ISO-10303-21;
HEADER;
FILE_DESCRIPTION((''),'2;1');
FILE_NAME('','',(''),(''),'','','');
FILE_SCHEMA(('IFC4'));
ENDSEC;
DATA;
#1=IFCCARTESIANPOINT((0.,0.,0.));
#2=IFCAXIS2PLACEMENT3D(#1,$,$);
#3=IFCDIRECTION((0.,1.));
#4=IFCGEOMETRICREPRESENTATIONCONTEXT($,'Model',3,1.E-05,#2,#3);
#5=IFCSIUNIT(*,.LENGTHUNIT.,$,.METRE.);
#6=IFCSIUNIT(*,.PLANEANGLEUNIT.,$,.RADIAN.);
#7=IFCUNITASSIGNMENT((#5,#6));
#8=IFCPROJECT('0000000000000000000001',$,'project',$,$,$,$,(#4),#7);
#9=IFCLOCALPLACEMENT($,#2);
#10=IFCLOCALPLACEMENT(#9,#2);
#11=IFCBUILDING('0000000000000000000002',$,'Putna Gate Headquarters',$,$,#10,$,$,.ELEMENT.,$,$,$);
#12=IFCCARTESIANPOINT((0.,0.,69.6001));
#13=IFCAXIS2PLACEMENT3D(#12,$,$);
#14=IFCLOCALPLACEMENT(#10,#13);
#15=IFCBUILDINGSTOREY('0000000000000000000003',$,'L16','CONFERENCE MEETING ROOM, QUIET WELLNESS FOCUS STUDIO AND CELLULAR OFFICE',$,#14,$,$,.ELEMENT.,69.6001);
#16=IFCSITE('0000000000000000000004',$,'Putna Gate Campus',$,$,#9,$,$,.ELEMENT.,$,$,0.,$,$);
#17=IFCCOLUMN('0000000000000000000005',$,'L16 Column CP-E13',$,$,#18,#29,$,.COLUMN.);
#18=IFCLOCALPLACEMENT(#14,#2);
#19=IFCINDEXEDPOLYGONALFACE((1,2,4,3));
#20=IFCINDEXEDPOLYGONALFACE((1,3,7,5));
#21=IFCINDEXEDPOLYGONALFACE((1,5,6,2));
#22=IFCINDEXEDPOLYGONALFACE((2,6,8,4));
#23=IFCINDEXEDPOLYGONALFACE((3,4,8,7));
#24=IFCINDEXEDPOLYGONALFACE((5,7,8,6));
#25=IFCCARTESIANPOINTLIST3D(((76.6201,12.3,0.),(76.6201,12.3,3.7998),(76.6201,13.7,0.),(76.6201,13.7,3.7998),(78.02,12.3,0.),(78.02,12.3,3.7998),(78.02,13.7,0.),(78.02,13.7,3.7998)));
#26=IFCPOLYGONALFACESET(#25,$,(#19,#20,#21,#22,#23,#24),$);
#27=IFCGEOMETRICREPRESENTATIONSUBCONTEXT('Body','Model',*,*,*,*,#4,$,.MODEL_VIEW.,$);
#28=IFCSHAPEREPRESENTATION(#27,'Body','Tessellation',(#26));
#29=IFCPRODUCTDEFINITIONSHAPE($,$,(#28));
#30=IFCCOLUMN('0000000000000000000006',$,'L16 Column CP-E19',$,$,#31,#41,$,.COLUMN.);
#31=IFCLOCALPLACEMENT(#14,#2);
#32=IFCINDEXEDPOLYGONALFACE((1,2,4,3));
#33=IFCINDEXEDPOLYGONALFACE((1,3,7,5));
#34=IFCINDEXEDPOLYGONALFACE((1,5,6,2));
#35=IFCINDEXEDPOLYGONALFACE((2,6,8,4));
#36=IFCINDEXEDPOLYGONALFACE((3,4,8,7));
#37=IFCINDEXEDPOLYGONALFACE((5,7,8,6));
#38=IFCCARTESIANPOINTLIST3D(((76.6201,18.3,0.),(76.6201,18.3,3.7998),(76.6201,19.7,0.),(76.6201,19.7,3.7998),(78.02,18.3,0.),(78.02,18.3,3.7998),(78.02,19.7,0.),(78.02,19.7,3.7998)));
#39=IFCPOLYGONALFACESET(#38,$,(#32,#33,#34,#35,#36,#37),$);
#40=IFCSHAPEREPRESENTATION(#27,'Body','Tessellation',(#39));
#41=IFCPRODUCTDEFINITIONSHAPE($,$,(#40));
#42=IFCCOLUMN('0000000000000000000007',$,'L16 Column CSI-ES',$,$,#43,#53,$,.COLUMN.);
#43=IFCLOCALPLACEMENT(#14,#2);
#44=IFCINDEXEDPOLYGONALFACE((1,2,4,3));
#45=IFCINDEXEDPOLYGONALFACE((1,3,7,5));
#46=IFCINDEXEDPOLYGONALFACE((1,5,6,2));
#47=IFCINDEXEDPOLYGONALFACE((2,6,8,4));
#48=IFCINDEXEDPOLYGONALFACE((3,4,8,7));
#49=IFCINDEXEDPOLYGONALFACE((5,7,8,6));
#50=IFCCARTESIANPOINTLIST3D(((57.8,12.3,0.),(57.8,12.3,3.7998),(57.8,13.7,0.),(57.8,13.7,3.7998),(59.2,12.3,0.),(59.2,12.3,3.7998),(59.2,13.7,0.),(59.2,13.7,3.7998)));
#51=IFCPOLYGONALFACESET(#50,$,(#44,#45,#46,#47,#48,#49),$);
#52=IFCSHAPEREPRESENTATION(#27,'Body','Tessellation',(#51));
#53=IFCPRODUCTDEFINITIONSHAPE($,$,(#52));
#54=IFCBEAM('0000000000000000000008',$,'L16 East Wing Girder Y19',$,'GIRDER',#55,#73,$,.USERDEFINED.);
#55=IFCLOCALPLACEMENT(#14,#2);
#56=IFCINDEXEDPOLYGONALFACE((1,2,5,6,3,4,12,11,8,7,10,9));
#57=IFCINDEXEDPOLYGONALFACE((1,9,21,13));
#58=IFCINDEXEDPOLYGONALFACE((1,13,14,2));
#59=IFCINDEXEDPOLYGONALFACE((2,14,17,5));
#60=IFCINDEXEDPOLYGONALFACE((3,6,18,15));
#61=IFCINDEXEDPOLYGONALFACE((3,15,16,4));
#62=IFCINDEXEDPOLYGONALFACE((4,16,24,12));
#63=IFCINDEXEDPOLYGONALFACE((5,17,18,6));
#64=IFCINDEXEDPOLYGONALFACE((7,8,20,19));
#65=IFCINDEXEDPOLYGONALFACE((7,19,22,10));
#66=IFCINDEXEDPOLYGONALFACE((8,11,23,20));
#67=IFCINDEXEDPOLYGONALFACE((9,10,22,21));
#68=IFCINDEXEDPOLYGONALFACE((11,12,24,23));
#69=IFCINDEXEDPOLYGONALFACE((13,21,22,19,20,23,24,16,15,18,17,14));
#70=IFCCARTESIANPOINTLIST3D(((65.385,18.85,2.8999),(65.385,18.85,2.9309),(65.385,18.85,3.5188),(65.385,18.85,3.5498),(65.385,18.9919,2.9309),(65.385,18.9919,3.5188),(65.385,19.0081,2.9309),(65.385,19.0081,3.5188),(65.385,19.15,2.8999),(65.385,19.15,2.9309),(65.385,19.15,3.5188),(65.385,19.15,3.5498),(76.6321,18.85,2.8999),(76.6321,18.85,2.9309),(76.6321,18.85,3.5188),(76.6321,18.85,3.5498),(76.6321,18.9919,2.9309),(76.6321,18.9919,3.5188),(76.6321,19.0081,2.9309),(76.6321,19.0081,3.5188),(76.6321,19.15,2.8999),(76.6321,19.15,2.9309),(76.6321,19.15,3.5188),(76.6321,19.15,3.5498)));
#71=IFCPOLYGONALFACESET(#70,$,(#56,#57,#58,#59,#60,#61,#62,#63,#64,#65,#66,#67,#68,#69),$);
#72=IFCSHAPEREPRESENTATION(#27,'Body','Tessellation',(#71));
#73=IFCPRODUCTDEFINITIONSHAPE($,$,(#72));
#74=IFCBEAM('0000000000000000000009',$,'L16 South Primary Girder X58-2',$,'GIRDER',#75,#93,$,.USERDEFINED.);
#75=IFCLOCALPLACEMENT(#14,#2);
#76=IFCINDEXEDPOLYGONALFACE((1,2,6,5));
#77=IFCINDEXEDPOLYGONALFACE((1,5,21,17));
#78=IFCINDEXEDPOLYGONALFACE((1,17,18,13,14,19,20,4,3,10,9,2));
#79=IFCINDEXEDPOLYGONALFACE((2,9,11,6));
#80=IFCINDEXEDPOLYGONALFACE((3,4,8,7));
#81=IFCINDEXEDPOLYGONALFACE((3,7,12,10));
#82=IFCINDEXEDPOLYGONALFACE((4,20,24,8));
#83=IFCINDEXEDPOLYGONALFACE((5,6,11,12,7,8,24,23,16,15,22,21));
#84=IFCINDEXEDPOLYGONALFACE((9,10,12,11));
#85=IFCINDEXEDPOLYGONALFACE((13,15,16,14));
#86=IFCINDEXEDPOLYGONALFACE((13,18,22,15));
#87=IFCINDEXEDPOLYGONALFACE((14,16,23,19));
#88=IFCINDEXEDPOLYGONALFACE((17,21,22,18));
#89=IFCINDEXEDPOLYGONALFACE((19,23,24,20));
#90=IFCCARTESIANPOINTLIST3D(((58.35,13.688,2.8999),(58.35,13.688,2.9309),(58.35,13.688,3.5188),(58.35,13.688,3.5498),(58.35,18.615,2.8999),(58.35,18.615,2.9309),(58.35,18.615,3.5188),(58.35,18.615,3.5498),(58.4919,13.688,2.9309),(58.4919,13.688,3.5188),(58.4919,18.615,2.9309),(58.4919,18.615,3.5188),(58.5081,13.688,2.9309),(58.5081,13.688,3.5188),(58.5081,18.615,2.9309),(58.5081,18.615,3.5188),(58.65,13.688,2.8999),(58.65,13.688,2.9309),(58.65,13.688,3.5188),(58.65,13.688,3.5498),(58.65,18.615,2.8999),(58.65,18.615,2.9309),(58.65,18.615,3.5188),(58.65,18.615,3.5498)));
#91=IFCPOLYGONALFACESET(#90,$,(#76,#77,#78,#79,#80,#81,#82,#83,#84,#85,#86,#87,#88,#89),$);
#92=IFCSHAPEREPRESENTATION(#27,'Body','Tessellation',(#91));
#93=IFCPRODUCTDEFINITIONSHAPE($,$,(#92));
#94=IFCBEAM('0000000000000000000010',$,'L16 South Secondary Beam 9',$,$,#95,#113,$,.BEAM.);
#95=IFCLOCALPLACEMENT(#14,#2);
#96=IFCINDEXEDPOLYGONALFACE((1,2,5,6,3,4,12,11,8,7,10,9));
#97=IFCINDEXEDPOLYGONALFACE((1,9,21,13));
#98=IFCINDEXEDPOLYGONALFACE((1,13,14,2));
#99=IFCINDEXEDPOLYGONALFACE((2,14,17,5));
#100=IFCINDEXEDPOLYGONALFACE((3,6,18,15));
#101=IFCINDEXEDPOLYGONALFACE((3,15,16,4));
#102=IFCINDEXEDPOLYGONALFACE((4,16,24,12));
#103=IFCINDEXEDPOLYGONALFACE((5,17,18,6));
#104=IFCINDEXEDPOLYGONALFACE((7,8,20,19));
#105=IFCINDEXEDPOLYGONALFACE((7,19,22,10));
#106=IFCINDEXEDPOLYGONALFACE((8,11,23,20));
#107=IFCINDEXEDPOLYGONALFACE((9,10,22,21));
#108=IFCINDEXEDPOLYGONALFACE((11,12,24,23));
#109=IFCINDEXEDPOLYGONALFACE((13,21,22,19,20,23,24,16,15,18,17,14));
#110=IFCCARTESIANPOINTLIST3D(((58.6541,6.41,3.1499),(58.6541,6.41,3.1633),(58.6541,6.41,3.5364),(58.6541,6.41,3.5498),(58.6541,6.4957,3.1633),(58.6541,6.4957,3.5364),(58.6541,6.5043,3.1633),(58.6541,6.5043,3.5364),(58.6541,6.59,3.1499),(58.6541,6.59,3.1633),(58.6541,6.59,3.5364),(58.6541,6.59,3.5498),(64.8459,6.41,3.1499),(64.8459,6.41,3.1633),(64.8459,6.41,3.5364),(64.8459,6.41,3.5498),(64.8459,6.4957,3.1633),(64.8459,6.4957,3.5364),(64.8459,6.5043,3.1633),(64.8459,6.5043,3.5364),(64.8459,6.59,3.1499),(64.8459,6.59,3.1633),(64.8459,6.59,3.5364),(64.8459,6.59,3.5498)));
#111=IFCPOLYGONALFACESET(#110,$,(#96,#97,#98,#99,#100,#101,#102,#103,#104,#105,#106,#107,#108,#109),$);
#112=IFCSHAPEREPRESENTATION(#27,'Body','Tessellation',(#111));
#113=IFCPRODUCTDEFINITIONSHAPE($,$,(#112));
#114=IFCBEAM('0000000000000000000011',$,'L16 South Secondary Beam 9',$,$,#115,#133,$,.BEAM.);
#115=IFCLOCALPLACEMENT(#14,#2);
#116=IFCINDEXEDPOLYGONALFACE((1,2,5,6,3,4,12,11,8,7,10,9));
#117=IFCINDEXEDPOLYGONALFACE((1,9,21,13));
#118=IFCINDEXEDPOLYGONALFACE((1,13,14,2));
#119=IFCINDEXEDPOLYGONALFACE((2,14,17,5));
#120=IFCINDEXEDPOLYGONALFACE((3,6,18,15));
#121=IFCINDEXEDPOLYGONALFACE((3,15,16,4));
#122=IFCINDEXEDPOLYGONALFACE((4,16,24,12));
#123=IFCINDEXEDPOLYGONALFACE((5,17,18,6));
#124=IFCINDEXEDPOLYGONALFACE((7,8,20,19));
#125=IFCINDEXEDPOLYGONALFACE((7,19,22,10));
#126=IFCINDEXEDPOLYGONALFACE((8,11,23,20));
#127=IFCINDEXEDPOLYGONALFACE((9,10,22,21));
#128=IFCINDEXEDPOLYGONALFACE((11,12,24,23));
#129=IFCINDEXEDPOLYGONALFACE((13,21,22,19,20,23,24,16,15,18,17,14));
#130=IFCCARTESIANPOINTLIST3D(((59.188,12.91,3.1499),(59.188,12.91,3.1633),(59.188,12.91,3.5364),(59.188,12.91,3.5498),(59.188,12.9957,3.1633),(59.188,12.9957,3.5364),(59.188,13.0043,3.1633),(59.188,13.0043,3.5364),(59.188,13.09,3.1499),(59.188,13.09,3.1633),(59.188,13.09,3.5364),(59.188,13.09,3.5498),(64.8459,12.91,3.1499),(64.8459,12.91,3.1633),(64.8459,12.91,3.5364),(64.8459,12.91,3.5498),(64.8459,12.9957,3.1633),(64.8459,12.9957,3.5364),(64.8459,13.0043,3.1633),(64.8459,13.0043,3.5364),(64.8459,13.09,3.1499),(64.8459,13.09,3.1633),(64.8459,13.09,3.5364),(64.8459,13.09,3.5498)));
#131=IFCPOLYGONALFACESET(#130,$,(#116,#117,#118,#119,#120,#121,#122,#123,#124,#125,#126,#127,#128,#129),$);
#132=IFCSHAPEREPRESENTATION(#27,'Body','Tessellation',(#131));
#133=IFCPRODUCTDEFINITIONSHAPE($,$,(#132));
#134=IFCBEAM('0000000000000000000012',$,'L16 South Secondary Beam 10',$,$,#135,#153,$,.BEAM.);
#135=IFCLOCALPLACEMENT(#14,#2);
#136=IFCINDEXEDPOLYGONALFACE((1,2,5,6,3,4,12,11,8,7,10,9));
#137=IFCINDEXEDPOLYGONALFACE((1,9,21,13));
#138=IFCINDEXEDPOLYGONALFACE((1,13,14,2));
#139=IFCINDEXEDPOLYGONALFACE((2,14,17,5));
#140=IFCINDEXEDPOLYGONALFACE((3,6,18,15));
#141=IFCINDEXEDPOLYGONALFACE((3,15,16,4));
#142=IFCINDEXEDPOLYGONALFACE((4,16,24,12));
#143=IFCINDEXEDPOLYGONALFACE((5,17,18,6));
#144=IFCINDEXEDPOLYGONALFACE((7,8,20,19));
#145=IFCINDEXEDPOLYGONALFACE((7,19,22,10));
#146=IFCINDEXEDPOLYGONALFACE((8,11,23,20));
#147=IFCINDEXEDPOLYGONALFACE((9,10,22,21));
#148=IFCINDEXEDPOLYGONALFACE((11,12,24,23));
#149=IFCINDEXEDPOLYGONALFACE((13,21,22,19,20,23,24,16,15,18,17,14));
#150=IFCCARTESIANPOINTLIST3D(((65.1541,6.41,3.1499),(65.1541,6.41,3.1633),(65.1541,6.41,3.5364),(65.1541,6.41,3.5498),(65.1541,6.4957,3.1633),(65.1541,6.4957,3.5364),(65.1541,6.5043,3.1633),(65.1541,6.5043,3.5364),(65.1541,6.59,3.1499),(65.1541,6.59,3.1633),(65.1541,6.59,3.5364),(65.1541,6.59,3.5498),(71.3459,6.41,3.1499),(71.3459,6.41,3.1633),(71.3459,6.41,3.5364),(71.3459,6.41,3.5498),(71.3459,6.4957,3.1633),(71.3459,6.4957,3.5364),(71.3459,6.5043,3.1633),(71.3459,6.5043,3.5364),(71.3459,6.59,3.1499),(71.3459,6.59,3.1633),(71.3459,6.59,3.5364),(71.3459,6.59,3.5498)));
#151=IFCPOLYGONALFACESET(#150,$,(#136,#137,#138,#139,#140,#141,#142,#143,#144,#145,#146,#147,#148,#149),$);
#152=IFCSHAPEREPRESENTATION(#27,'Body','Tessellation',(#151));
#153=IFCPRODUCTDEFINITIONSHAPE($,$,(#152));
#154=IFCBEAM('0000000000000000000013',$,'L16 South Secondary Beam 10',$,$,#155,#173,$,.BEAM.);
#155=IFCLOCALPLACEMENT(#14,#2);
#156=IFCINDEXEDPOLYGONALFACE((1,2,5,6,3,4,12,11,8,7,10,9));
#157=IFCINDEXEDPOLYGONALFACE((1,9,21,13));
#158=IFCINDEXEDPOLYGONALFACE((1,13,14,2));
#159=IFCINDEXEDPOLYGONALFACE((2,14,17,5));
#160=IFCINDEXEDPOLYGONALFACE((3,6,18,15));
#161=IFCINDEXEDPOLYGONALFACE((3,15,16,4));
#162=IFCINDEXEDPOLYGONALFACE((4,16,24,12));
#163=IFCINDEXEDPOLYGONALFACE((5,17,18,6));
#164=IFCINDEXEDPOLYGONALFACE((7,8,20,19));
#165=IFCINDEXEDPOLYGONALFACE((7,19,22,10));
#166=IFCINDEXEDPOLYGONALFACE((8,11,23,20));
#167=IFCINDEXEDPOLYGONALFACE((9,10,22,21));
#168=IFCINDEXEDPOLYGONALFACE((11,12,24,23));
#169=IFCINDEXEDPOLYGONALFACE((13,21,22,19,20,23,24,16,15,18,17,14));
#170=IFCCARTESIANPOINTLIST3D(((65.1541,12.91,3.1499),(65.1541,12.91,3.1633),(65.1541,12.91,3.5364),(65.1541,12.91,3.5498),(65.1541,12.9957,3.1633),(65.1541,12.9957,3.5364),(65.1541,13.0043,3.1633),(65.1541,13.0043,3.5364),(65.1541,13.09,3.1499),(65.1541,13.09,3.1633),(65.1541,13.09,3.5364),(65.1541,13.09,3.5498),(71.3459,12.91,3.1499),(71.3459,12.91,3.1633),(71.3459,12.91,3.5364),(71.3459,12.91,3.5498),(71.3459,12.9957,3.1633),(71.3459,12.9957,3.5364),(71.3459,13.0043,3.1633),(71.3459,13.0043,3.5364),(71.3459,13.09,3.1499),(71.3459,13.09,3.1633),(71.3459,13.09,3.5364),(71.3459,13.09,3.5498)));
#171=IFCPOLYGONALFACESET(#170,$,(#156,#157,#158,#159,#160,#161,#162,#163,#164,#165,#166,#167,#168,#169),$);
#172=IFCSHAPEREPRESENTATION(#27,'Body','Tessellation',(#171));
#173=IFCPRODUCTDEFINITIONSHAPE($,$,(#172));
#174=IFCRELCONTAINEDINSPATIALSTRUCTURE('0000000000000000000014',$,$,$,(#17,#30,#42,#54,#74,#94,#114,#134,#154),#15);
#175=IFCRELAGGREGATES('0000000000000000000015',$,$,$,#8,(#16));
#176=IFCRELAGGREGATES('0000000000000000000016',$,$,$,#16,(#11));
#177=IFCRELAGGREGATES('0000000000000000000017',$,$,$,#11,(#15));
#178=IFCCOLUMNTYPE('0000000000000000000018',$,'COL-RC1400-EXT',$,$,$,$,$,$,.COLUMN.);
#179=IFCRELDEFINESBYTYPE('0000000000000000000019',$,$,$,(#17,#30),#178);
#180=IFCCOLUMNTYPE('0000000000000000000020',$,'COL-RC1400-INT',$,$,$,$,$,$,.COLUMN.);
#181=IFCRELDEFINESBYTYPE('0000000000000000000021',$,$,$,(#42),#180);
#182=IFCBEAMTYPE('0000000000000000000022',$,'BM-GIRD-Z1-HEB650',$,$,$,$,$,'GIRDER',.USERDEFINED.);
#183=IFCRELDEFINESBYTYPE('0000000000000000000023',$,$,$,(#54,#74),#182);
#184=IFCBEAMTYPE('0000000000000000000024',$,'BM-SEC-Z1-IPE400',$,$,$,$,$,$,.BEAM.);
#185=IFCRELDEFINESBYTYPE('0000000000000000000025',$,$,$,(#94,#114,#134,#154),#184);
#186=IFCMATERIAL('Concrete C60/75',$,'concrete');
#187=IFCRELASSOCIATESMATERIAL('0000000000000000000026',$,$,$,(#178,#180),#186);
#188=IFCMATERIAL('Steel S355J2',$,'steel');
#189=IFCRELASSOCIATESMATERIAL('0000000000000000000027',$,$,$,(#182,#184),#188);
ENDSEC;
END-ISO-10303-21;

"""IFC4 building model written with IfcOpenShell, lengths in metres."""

from ifc_helpers import new_model, si_unit, direction, frame, origin, origin_2d, place, context, subcontext, project, spatial, rectangle, i_section, extrude, material, material_profile, profile_set, type_object, element, save


model = new_model("IFC4")

# Units and contexts
model_context = context("Model", 3, precision=1e-05, world=origin(), true_north=direction((0.0, 1.0)))
body_context = subcontext(model_context, "Body", "Model", "MODEL_VIEW")
ifc_project = project(units=[si_unit("LENGTHUNIT", "METRE"), si_unit("PLANEANGLEUNIT", "RADIAN")], contexts=[model_context])

# Site, building, storey
site_placement = place(None, origin())
site = spatial("IfcSite", under=ifc_project, at=site_placement, Name="Putna Gate Campus", CompositionType="ELEMENT", RefElevation=0.0)
building_placement = place(site_placement, origin())
building = spatial("IfcBuilding", under=site, at=building_placement, Name="Putna Gate Headquarters", CompositionType="ELEMENT")
storey_placement = place(building_placement, frame((0.0, 0.0, 69.6001)))
storey = spatial("IfcBuildingStorey", under=building, at=storey_placement, Name="L16", Description="CONFERENCE MEETING ROOM, QUIET WELLNESS FOCUS STUDIO AND CELLULAR OFFICE", CompositionType="ELEMENT", Elevation=69.6001)

# Columns
ifc_material_1 = material(Name="Concrete C60/75", Category="concrete")
ifc_material_profile_1 = material_profile(ifc_material_1, rectangle(XDim=1.3999, YDim=1.3999, at=origin_2d()), Name="Concrete C60/75")
ifc_profile_set_1 = profile_set([ifc_material_profile_1], Name="Concrete C60/75")
column_type_1 = type_object("IfcColumnType", Name="COL-RC1400-EXT", PredefinedType="COLUMN", material=ifc_profile_set_1)
for number, where, z_axis, x_axis, name in (
    (1, (77.3201, 13.0, 0.0), (0.0, 0.0, 1.0), (1.0, 0.0, 0.0), "L16 Column CP-E13"),
    (2, (77.3201, 19.0, 0.0), (0.0, 0.0, 1.0), (1.0, 0.0, 0.0), "L16 Column CP-E19"),
):
    element("IfcColumn", number, at=place(storey_placement, frame(where, z_axis=z_axis, x_axis=x_axis)), inside=storey, type_object=column_type_1, Name=name, PredefinedType="COLUMN", context=body_context, shape_type="SweptSolid", body=[
        extrude(rectangle(XDim=1.3999, YDim=1.3999, at=origin_2d()), origin(), (0.0, 0.0, 1.0), 3.7998),
    ])
ifc_material_profile_2 = material_profile(ifc_material_1, rectangle(XDim=1.3999, YDim=1.3999, at=origin_2d()), Name="Concrete C60/75")
ifc_profile_set_2 = profile_set([ifc_material_profile_2], Name="Concrete C60/75")
column_type_2 = type_object("IfcColumnType", Name="COL-RC1400-INT", PredefinedType="COLUMN", material=ifc_profile_set_2)
column_placement = place(storey_placement, frame((58.5, 13.0, 0.0), z_axis=(0.0, 0.0, 1.0), x_axis=(1.0, 0.0, 0.0)))
element("IfcColumn", 3, at=column_placement, inside=storey, type_object=column_type_2, Name="L16 Column CSI-ES", PredefinedType="COLUMN", context=body_context, shape_type="SweptSolid", body=[
    extrude(rectangle(XDim=1.3999, YDim=1.3999, at=origin_2d()), origin(), (0.0, 0.0, 1.0), 3.7998),
])

# Beams
ifc_material_2 = material(Name="Steel S355J2", Category="steel")
ifc_material_profile_3 = material_profile(ifc_material_2, i_section(OverallWidth=0.3, OverallDepth=0.6499, WebThickness=0.0161, FlangeThickness=0.031, at=origin_2d()), Name="Steel S355J2")
ifc_profile_set_3 = profile_set([ifc_material_profile_3], Name="Steel S355J2")
beam_type_1 = type_object("IfcBeamType", Name="BM-GIRD-Z1-HEB650", ElementType="GIRDER", PredefinedType="USERDEFINED", material=ifc_profile_set_3)
beam_1_placement = place(storey_placement, frame((65.385, 19.0, 3.2249), z_axis=(1.0, 0.0, 0.0), x_axis=(0.0, 1.0, 0.0)))
element("IfcBeam", 4, at=beam_1_placement, inside=storey, type_object=beam_type_1, Name="L16 East Wing Girder Y19", ObjectType="GIRDER", PredefinedType="USERDEFINED", context=body_context, shape_type="SweptSolid", body=[
    extrude(i_section(OverallWidth=0.3, OverallDepth=0.6499, WebThickness=0.0161, FlangeThickness=0.031, at=origin_2d()), origin(), (0.0, 0.0, 1.0), 11.2471),
])
beam_2_placement = place(storey_placement, frame((58.5, 13.688, 3.2249), z_axis=(0.0, 1.0, 0.0), x_axis=(-1.0, 0.0, 0.0)))
element("IfcBeam", 5, at=beam_2_placement, inside=storey, type_object=beam_type_1, Name="L16 South Primary Girder X58-2", ObjectType="GIRDER", PredefinedType="USERDEFINED", context=body_context, shape_type="SweptSolid", body=[
    extrude(i_section(OverallWidth=0.3, OverallDepth=0.6499, WebThickness=0.0161, FlangeThickness=0.031, at=origin_2d()), origin(), (0.0, 0.0, 1.0), 4.927),
])
ifc_material_profile_4 = material_profile(ifc_material_2, i_section(OverallWidth=0.1799, OverallDepth=0.3999, WebThickness=0.0085, FlangeThickness=0.0134, at=origin_2d()), Name="Steel S355J2")
ifc_profile_set_4 = profile_set([ifc_material_profile_4], Name="Steel S355J2")
beam_type_2 = type_object("IfcBeamType", Name="BM-SEC-Z1-IPE400", PredefinedType="BEAM", material=ifc_profile_set_4)
beam_3_placement = place(storey_placement, frame((58.6541, 6.5, 3.3499), z_axis=(1.0, 0.0, 0.0), x_axis=(0.0, 1.0, 0.0)))
element("IfcBeam", 6, at=beam_3_placement, inside=storey, type_object=beam_type_2, Name="L16 South Secondary Beam 9", PredefinedType="BEAM", context=body_context, shape_type="SweptSolid", body=[
    extrude(i_section(OverallWidth=0.1799, OverallDepth=0.3999, WebThickness=0.0085, FlangeThickness=0.0134, at=origin_2d()), origin(), (0.0, 0.0, 1.0), 6.1919),
])
beam_4_placement = place(storey_placement, frame((59.188, 13.0, 3.3499), z_axis=(1.0, 0.0, 0.0), x_axis=(0.0, 1.0, 0.0)))
element("IfcBeam", 7, at=beam_4_placement, inside=storey, type_object=beam_type_2, Name="L16 South Secondary Beam 9", PredefinedType="BEAM", context=body_context, shape_type="SweptSolid", body=[
    extrude(i_section(OverallWidth=0.1799, OverallDepth=0.3999, WebThickness=0.0085, FlangeThickness=0.0134, at=origin_2d()), origin(), (0.0, 0.0, 1.0), 5.658),
])
for number, where, z_axis, x_axis, name in (
    (8, (65.1541, 6.5, 3.3499), (1.0, 0.0, 0.0), (0.0, 1.0, 0.0), "L16 South Secondary Beam 10"),
    (9, (65.1541, 13.0, 3.3499), (1.0, 0.0, 0.0), (0.0, 1.0, 0.0), "L16 South Secondary Beam 10"),
):
    element("IfcBeam", number, at=place(storey_placement, frame(where, z_axis=z_axis, x_axis=x_axis)), inside=storey, type_object=beam_type_2, Name=name, PredefinedType="BEAM", context=body_context, shape_type="SweptSolid", body=[
        extrude(i_section(OverallWidth=0.1799, OverallDepth=0.3999, WebThickness=0.0085, FlangeThickness=0.0134, at=origin_2d()), origin(), (0.0, 0.0, 1.0), 6.1919),
    ])

save(model, "model.ifc")
